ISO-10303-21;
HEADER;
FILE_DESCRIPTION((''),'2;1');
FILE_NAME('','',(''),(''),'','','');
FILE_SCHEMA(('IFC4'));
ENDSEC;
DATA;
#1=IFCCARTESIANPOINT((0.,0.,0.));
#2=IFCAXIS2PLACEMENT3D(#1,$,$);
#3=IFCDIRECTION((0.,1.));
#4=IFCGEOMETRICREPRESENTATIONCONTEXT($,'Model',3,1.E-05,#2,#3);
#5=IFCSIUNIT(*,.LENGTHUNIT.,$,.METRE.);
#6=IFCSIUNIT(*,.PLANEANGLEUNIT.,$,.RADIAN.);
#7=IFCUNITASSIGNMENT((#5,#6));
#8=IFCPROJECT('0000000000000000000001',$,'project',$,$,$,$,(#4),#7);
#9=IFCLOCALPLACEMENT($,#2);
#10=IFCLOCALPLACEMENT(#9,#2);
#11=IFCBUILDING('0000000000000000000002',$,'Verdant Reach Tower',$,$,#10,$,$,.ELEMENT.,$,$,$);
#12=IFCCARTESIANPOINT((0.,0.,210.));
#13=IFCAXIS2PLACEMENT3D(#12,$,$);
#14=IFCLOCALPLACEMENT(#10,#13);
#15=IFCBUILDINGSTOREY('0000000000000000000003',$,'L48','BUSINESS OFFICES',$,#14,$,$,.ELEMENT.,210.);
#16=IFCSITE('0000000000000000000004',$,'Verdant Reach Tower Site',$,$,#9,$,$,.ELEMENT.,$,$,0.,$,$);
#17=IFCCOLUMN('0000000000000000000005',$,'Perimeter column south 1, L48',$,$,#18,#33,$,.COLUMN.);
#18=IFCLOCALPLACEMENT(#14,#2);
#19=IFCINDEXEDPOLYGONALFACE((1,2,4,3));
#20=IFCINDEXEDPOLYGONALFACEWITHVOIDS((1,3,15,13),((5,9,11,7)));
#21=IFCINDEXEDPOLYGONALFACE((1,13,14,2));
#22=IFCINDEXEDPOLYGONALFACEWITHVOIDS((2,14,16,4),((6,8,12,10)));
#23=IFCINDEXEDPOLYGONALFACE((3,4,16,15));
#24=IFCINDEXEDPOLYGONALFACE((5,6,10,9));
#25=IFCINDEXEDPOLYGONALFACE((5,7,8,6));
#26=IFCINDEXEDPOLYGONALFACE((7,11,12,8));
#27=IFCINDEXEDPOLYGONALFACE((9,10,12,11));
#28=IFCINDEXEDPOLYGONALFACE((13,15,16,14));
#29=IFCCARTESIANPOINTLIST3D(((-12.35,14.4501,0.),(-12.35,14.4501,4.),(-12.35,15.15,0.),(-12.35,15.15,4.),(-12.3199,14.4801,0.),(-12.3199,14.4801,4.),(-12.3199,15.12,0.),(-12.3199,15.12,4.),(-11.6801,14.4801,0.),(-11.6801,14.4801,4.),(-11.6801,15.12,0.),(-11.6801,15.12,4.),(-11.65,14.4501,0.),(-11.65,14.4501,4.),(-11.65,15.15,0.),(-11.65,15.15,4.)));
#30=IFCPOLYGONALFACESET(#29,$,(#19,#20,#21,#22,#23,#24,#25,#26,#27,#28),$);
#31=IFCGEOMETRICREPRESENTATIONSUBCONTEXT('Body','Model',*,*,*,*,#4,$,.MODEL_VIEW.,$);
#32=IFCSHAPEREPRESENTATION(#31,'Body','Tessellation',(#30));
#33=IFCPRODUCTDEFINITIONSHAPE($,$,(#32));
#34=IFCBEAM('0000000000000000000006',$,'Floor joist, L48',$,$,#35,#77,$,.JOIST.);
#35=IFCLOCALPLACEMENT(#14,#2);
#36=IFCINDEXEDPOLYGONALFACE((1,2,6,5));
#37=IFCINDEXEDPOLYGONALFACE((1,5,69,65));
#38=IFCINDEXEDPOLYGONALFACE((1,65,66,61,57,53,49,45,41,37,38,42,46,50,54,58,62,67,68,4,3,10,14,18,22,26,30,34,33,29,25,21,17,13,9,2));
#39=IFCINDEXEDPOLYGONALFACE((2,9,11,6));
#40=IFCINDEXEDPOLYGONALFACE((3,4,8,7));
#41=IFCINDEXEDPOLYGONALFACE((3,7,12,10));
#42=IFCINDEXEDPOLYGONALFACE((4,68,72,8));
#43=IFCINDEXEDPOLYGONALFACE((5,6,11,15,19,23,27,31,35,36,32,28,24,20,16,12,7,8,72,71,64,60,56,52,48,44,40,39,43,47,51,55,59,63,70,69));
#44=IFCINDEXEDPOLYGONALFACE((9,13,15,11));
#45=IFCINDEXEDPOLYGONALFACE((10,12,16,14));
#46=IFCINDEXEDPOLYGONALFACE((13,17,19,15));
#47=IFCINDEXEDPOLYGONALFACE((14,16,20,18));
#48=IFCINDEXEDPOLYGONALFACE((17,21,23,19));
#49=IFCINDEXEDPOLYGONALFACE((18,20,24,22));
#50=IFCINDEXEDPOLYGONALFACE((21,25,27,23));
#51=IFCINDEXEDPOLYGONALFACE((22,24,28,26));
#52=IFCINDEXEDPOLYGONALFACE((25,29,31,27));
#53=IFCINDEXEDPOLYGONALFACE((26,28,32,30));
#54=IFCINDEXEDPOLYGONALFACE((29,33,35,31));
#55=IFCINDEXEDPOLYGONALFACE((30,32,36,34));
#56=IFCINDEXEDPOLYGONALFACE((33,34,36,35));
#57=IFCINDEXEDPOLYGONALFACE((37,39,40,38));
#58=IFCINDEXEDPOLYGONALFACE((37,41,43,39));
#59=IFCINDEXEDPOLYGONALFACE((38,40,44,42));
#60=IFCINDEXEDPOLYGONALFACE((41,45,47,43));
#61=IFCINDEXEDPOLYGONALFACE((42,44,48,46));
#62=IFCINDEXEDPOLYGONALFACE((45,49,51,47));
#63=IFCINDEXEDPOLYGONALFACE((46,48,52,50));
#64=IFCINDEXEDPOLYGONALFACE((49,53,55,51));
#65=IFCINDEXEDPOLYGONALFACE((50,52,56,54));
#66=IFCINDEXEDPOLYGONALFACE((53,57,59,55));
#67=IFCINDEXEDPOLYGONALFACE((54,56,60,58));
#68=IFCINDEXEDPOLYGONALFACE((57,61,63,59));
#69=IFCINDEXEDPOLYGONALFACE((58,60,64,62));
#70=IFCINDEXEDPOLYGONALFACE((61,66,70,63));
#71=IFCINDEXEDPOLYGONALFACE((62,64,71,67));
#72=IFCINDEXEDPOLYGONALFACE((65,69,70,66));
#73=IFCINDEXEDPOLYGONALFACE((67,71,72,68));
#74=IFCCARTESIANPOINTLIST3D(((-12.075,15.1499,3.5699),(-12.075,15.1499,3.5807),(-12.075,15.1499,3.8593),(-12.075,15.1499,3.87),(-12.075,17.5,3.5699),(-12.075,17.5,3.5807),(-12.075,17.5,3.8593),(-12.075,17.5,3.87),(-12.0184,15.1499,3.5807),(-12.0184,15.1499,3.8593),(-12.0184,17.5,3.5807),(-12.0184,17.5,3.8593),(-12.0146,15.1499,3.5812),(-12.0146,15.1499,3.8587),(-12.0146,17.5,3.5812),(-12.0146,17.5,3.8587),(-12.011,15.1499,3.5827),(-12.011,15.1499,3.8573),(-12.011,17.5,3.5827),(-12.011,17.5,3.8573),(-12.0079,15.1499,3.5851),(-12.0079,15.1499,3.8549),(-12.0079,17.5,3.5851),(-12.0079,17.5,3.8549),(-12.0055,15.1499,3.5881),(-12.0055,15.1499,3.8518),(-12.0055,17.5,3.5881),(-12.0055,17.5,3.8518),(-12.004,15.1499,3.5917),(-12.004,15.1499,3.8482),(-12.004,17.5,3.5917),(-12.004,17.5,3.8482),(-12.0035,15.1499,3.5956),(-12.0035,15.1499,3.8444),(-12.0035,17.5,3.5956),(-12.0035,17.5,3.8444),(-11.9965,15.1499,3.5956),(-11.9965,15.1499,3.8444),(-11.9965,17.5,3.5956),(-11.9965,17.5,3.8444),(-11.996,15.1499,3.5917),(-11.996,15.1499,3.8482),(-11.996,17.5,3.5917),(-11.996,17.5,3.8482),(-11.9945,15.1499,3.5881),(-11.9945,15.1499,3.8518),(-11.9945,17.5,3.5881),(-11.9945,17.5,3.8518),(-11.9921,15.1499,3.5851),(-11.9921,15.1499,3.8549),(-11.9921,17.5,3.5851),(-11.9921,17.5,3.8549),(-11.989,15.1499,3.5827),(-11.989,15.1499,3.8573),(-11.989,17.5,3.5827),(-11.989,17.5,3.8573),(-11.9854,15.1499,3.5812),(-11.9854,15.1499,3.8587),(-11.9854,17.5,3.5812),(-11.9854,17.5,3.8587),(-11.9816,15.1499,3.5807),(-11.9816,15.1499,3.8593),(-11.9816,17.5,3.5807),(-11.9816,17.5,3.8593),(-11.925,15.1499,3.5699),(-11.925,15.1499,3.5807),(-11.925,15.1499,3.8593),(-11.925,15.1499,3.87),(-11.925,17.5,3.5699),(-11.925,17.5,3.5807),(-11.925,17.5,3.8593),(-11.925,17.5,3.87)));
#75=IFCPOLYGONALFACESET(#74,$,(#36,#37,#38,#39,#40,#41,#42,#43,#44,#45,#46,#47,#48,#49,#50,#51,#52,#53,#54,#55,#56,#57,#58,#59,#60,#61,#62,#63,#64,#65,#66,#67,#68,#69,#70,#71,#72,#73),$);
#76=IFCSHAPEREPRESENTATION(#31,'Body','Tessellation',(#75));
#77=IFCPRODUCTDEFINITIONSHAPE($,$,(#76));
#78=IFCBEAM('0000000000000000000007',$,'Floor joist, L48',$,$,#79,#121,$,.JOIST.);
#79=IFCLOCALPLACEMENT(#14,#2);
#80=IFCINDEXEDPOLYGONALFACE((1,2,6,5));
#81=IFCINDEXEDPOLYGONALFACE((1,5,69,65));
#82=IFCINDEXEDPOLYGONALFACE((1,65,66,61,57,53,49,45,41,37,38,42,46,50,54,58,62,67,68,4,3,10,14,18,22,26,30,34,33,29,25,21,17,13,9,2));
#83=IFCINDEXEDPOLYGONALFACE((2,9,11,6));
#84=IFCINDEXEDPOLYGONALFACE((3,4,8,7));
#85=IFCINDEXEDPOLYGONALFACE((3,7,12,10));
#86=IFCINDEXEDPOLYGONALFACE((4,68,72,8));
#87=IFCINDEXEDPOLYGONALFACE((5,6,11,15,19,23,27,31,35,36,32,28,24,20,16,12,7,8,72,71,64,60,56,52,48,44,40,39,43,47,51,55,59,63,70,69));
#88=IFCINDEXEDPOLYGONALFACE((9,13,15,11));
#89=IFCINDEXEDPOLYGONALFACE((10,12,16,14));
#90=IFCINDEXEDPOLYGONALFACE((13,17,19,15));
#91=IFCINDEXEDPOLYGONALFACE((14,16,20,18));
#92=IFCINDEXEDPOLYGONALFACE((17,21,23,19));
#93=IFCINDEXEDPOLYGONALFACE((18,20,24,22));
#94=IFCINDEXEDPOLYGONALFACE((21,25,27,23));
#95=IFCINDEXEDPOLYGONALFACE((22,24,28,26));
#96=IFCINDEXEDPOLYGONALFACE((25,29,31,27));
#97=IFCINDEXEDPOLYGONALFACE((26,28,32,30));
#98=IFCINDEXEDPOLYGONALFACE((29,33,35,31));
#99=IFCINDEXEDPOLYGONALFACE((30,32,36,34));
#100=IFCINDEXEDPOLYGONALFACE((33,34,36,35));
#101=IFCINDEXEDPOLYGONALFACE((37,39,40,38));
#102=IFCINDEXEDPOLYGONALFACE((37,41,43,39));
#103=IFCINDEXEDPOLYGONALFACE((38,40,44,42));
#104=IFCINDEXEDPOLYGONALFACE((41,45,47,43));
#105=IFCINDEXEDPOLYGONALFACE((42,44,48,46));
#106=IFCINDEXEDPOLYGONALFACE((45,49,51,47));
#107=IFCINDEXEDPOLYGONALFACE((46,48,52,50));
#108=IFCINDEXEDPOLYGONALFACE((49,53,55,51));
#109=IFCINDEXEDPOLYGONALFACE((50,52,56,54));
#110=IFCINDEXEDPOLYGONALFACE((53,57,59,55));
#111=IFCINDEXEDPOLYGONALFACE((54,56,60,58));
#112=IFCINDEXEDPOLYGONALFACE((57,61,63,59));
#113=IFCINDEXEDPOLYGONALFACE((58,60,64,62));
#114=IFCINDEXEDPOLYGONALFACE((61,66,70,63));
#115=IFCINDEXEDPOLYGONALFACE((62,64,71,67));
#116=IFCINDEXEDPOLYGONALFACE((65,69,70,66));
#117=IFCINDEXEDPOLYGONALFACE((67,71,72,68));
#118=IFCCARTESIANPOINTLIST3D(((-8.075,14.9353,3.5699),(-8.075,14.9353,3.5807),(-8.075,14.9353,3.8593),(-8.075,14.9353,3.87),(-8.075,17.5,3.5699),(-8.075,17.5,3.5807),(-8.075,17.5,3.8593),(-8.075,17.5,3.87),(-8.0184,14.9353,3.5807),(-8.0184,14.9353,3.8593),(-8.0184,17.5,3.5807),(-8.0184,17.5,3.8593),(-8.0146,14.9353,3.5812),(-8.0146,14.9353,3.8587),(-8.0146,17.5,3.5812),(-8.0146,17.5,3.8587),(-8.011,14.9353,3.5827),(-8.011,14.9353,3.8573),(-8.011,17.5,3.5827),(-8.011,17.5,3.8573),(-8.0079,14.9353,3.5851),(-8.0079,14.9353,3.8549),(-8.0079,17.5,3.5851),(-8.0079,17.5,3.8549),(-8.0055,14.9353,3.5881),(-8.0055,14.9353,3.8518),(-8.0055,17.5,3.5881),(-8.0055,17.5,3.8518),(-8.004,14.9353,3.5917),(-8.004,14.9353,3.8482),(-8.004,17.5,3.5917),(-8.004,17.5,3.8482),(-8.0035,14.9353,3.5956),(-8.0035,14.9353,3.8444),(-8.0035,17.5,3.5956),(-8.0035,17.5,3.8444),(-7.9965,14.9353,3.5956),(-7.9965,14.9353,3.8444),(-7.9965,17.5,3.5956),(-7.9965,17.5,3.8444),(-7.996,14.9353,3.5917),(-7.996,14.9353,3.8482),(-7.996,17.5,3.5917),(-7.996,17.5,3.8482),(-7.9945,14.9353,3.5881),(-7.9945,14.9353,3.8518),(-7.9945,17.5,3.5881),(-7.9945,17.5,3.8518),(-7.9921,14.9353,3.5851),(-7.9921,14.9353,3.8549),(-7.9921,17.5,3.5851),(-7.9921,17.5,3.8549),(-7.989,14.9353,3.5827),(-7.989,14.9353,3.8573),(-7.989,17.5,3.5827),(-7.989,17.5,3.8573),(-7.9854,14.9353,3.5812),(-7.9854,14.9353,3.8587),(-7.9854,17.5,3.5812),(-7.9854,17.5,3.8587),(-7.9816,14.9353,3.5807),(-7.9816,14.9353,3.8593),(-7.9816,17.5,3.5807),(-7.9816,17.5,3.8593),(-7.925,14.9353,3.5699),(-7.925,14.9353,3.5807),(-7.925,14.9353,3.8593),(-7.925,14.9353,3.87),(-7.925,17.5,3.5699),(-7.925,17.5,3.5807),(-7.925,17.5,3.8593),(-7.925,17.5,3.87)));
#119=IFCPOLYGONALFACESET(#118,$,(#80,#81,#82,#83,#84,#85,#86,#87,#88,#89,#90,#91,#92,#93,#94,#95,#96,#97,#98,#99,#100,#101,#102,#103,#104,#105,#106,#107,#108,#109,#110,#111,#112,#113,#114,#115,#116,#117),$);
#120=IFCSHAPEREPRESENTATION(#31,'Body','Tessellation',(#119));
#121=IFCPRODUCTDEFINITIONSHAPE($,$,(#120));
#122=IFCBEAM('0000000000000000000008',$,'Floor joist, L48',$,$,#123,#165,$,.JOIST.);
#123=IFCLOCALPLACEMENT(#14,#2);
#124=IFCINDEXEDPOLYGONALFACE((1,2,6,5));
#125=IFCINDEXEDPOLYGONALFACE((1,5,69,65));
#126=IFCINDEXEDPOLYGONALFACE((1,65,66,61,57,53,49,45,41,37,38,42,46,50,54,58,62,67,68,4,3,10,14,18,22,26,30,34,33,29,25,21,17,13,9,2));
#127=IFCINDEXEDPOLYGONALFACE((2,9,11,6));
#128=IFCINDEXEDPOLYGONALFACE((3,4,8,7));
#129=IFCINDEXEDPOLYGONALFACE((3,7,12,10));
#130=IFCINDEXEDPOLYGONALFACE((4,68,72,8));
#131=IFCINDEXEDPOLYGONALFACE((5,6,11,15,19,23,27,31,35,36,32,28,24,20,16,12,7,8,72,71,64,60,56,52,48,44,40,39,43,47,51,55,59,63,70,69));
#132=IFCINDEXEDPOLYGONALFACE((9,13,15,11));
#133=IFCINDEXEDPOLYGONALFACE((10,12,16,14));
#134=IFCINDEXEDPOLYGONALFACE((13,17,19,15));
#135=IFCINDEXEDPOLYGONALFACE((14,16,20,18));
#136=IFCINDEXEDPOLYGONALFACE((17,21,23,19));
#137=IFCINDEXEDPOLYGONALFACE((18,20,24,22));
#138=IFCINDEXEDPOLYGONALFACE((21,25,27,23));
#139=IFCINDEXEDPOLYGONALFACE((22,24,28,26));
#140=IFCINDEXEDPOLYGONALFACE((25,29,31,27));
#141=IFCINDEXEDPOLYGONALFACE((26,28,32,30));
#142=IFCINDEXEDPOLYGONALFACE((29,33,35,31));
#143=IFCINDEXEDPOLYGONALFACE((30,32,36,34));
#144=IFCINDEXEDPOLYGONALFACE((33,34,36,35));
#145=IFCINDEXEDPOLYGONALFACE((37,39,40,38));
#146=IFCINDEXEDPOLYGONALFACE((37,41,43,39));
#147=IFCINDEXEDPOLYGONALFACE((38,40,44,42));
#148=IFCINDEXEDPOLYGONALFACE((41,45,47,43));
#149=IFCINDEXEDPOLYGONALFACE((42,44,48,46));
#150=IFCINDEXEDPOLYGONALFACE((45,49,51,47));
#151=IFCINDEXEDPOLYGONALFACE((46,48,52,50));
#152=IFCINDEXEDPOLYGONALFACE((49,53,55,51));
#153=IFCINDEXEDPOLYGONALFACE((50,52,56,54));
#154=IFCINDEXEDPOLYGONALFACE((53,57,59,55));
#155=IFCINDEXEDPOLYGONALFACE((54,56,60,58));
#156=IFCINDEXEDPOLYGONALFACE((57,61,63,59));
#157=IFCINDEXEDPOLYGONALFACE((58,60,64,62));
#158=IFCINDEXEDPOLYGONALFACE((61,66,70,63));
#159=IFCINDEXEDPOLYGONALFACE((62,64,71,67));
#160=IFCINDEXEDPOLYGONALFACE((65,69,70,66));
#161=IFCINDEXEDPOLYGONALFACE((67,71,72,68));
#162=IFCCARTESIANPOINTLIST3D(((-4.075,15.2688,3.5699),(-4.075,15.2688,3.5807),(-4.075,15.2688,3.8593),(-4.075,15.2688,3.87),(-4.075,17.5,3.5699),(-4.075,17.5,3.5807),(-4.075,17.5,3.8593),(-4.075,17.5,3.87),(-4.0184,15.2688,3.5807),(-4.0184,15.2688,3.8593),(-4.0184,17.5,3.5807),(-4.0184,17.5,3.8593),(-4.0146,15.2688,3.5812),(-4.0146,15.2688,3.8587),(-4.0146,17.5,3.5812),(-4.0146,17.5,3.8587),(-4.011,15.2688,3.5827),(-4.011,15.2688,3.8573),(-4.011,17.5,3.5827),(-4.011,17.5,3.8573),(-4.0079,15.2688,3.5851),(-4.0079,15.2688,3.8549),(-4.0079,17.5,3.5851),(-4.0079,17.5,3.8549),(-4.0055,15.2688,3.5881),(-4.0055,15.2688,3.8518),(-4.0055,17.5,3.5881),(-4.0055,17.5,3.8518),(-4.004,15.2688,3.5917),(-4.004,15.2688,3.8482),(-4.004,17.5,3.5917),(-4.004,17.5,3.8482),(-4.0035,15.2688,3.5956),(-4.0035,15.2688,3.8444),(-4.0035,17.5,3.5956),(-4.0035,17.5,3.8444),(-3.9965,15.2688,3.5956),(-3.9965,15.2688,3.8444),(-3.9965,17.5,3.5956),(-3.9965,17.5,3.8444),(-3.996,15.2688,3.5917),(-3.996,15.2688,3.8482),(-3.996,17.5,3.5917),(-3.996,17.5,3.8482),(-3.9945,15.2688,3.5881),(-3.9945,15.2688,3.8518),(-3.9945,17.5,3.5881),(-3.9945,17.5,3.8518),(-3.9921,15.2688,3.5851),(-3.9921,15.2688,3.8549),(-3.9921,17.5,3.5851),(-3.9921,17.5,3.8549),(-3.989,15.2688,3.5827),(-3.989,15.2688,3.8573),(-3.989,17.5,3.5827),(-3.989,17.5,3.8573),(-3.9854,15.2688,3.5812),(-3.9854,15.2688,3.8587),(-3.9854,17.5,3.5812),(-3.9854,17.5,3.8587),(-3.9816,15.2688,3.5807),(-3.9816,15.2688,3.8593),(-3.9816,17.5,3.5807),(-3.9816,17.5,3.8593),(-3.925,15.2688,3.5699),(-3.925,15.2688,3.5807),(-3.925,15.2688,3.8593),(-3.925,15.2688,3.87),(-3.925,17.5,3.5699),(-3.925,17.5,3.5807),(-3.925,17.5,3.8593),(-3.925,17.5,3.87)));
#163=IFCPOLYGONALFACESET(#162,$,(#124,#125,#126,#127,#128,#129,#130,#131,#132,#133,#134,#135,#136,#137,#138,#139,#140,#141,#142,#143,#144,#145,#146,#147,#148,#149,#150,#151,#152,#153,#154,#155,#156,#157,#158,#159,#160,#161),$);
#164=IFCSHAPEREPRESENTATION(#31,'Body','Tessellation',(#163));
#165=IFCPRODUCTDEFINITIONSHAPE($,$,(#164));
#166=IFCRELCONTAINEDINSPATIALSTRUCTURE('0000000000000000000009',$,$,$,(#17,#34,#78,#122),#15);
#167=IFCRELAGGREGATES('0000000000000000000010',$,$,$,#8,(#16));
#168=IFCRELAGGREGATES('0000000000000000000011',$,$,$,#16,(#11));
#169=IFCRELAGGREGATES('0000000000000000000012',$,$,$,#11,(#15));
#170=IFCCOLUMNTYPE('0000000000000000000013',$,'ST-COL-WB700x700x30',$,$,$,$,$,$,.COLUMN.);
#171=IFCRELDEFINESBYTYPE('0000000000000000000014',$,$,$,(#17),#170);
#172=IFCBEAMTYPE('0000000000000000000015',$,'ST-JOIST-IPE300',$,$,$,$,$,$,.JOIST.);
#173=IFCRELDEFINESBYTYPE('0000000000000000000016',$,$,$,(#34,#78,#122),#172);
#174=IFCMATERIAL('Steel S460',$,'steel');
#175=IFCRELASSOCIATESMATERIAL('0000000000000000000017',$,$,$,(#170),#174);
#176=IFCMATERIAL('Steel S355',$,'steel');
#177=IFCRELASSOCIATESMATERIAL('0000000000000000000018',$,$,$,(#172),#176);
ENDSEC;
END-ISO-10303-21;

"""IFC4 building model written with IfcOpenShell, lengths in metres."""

from ifc_helpers import new_model, si_unit, direction, frame, origin, origin_2d, place, context, subcontext, project, spatial, hollow_rectangle, i_section, extrude, material, material_profile, profile_set, type_object, element, save


model = new_model("IFC4")

# Units and contexts
model_context = context("Model", 3, precision=1e-05, world=origin(), true_north=direction((0.0, 1.0)))
body_context = subcontext(model_context, "Body", "Model", "MODEL_VIEW")
ifc_project = project(units=[si_unit("LENGTHUNIT", "METRE"), si_unit("PLANEANGLEUNIT", "RADIAN")], contexts=[model_context])

# Site, building, storey
site_placement = place(None, origin())
site = spatial("IfcSite", under=ifc_project, at=site_placement, Name="Verdant Reach Tower Site", CompositionType="ELEMENT", RefElevation=0.0)
building_placement = place(site_placement, origin())
building = spatial("IfcBuilding", under=site, at=building_placement, Name="Verdant Reach Tower", CompositionType="ELEMENT")
storey_placement = place(building_placement, frame((0.0, 0.0, 210.0)))
storey = spatial("IfcBuildingStorey", under=building, at=storey_placement, Name="L48", Description="BUSINESS OFFICES", CompositionType="ELEMENT", Elevation=210.0)

# Column
ifc_material_1 = material(Name="Steel S460", Category="steel")
ifc_material_profile_1 = material_profile(ifc_material_1, hollow_rectangle(XDim=0.7, YDim=0.7, WallThickness=0.03, at=origin_2d()), Name="WB 700x700x30")
ifc_profile_set_1 = profile_set([ifc_material_profile_1], Name="Steel S460")
column_type = type_object("IfcColumnType", Name="ST-COL-WB700x700x30", PredefinedType="COLUMN", material=ifc_profile_set_1)
column_placement = place(storey_placement, frame((-12.0, 14.8, 0.0), z_axis=(0.0, 0.0, 1.0), x_axis=(1.0, 0.0, 0.0)))
element("IfcColumn", 1, at=column_placement, inside=storey, type_object=column_type, Name="Perimeter column south 1, L48", PredefinedType="COLUMN", context=body_context, shape_type="SweptSolid", body=[
    extrude(hollow_rectangle(XDim=0.7, YDim=0.7, WallThickness=0.03, at=origin_2d()), origin(), (0.0, 0.0, 1.0), 4.0),
])

# Beams
ifc_material_2 = material(Name="Steel S355", Category="steel")
ifc_material_profile_2 = material_profile(ifc_material_2, i_section(OverallWidth=0.1499, OverallDepth=0.3, WebThickness=0.0071, FlangeThickness=0.0107, FilletRadius=0.0149, at=origin_2d()), Name="IPE 300")
ifc_profile_set_2 = profile_set([ifc_material_profile_2], Name="Steel S355")
beam_type_1 = type_object("IfcBeamType", Name="ST-JOIST-IPE300", PredefinedType="JOIST", material=ifc_profile_set_2)
beam_1_placement = place(storey_placement, frame((-12.0, 17.5, 3.72), z_axis=(0.0, -1.0, 0.0), x_axis=(1.0, 0.0, 0.0)))
element("IfcBeam", 2, at=beam_1_placement, inside=storey, type_object=beam_type_1, Name="Floor joist, L48", PredefinedType="JOIST", context=body_context, shape_type="SweptSolid", body=[
    extrude(i_section(OverallWidth=0.1499, OverallDepth=0.3, WebThickness=0.0071, FlangeThickness=0.0107, FilletRadius=0.0149, at=origin_2d()), origin(), (0.0, 0.0, 1.0), 2.3501),
])
beam_2_placement = place(storey_placement, frame((-8.0, 17.5, 3.72), z_axis=(0.0, -1.0, 0.0), x_axis=(1.0, 0.0, 0.0)))
element("IfcBeam", 3, at=beam_2_placement, inside=storey, type_object=beam_type_1, Name="Floor joist, L48", PredefinedType="JOIST", context=body_context, shape_type="SweptSolid", body=[
    extrude(i_section(OverallWidth=0.1499, OverallDepth=0.3, WebThickness=0.0071, FlangeThickness=0.0107, FilletRadius=0.0149, at=origin_2d()), origin(), (0.0, 0.0, 1.0), 2.5647),
])
beam_3_placement = place(storey_placement, frame((-4.0, 17.5, 3.72), z_axis=(0.0, -1.0, 0.0), x_axis=(1.0, 0.0, 0.0)))
element("IfcBeam", 4, at=beam_3_placement, inside=storey, type_object=beam_type_1, Name="Floor joist, L48", PredefinedType="JOIST", context=body_context, shape_type="SweptSolid", body=[
    extrude(i_section(OverallWidth=0.1499, OverallDepth=0.3, WebThickness=0.0071, FlangeThickness=0.0107, FilletRadius=0.0149, at=origin_2d()), origin(), (0.0, 0.0, 1.0), 2.2312),
])

save(model, "model.ifc")
